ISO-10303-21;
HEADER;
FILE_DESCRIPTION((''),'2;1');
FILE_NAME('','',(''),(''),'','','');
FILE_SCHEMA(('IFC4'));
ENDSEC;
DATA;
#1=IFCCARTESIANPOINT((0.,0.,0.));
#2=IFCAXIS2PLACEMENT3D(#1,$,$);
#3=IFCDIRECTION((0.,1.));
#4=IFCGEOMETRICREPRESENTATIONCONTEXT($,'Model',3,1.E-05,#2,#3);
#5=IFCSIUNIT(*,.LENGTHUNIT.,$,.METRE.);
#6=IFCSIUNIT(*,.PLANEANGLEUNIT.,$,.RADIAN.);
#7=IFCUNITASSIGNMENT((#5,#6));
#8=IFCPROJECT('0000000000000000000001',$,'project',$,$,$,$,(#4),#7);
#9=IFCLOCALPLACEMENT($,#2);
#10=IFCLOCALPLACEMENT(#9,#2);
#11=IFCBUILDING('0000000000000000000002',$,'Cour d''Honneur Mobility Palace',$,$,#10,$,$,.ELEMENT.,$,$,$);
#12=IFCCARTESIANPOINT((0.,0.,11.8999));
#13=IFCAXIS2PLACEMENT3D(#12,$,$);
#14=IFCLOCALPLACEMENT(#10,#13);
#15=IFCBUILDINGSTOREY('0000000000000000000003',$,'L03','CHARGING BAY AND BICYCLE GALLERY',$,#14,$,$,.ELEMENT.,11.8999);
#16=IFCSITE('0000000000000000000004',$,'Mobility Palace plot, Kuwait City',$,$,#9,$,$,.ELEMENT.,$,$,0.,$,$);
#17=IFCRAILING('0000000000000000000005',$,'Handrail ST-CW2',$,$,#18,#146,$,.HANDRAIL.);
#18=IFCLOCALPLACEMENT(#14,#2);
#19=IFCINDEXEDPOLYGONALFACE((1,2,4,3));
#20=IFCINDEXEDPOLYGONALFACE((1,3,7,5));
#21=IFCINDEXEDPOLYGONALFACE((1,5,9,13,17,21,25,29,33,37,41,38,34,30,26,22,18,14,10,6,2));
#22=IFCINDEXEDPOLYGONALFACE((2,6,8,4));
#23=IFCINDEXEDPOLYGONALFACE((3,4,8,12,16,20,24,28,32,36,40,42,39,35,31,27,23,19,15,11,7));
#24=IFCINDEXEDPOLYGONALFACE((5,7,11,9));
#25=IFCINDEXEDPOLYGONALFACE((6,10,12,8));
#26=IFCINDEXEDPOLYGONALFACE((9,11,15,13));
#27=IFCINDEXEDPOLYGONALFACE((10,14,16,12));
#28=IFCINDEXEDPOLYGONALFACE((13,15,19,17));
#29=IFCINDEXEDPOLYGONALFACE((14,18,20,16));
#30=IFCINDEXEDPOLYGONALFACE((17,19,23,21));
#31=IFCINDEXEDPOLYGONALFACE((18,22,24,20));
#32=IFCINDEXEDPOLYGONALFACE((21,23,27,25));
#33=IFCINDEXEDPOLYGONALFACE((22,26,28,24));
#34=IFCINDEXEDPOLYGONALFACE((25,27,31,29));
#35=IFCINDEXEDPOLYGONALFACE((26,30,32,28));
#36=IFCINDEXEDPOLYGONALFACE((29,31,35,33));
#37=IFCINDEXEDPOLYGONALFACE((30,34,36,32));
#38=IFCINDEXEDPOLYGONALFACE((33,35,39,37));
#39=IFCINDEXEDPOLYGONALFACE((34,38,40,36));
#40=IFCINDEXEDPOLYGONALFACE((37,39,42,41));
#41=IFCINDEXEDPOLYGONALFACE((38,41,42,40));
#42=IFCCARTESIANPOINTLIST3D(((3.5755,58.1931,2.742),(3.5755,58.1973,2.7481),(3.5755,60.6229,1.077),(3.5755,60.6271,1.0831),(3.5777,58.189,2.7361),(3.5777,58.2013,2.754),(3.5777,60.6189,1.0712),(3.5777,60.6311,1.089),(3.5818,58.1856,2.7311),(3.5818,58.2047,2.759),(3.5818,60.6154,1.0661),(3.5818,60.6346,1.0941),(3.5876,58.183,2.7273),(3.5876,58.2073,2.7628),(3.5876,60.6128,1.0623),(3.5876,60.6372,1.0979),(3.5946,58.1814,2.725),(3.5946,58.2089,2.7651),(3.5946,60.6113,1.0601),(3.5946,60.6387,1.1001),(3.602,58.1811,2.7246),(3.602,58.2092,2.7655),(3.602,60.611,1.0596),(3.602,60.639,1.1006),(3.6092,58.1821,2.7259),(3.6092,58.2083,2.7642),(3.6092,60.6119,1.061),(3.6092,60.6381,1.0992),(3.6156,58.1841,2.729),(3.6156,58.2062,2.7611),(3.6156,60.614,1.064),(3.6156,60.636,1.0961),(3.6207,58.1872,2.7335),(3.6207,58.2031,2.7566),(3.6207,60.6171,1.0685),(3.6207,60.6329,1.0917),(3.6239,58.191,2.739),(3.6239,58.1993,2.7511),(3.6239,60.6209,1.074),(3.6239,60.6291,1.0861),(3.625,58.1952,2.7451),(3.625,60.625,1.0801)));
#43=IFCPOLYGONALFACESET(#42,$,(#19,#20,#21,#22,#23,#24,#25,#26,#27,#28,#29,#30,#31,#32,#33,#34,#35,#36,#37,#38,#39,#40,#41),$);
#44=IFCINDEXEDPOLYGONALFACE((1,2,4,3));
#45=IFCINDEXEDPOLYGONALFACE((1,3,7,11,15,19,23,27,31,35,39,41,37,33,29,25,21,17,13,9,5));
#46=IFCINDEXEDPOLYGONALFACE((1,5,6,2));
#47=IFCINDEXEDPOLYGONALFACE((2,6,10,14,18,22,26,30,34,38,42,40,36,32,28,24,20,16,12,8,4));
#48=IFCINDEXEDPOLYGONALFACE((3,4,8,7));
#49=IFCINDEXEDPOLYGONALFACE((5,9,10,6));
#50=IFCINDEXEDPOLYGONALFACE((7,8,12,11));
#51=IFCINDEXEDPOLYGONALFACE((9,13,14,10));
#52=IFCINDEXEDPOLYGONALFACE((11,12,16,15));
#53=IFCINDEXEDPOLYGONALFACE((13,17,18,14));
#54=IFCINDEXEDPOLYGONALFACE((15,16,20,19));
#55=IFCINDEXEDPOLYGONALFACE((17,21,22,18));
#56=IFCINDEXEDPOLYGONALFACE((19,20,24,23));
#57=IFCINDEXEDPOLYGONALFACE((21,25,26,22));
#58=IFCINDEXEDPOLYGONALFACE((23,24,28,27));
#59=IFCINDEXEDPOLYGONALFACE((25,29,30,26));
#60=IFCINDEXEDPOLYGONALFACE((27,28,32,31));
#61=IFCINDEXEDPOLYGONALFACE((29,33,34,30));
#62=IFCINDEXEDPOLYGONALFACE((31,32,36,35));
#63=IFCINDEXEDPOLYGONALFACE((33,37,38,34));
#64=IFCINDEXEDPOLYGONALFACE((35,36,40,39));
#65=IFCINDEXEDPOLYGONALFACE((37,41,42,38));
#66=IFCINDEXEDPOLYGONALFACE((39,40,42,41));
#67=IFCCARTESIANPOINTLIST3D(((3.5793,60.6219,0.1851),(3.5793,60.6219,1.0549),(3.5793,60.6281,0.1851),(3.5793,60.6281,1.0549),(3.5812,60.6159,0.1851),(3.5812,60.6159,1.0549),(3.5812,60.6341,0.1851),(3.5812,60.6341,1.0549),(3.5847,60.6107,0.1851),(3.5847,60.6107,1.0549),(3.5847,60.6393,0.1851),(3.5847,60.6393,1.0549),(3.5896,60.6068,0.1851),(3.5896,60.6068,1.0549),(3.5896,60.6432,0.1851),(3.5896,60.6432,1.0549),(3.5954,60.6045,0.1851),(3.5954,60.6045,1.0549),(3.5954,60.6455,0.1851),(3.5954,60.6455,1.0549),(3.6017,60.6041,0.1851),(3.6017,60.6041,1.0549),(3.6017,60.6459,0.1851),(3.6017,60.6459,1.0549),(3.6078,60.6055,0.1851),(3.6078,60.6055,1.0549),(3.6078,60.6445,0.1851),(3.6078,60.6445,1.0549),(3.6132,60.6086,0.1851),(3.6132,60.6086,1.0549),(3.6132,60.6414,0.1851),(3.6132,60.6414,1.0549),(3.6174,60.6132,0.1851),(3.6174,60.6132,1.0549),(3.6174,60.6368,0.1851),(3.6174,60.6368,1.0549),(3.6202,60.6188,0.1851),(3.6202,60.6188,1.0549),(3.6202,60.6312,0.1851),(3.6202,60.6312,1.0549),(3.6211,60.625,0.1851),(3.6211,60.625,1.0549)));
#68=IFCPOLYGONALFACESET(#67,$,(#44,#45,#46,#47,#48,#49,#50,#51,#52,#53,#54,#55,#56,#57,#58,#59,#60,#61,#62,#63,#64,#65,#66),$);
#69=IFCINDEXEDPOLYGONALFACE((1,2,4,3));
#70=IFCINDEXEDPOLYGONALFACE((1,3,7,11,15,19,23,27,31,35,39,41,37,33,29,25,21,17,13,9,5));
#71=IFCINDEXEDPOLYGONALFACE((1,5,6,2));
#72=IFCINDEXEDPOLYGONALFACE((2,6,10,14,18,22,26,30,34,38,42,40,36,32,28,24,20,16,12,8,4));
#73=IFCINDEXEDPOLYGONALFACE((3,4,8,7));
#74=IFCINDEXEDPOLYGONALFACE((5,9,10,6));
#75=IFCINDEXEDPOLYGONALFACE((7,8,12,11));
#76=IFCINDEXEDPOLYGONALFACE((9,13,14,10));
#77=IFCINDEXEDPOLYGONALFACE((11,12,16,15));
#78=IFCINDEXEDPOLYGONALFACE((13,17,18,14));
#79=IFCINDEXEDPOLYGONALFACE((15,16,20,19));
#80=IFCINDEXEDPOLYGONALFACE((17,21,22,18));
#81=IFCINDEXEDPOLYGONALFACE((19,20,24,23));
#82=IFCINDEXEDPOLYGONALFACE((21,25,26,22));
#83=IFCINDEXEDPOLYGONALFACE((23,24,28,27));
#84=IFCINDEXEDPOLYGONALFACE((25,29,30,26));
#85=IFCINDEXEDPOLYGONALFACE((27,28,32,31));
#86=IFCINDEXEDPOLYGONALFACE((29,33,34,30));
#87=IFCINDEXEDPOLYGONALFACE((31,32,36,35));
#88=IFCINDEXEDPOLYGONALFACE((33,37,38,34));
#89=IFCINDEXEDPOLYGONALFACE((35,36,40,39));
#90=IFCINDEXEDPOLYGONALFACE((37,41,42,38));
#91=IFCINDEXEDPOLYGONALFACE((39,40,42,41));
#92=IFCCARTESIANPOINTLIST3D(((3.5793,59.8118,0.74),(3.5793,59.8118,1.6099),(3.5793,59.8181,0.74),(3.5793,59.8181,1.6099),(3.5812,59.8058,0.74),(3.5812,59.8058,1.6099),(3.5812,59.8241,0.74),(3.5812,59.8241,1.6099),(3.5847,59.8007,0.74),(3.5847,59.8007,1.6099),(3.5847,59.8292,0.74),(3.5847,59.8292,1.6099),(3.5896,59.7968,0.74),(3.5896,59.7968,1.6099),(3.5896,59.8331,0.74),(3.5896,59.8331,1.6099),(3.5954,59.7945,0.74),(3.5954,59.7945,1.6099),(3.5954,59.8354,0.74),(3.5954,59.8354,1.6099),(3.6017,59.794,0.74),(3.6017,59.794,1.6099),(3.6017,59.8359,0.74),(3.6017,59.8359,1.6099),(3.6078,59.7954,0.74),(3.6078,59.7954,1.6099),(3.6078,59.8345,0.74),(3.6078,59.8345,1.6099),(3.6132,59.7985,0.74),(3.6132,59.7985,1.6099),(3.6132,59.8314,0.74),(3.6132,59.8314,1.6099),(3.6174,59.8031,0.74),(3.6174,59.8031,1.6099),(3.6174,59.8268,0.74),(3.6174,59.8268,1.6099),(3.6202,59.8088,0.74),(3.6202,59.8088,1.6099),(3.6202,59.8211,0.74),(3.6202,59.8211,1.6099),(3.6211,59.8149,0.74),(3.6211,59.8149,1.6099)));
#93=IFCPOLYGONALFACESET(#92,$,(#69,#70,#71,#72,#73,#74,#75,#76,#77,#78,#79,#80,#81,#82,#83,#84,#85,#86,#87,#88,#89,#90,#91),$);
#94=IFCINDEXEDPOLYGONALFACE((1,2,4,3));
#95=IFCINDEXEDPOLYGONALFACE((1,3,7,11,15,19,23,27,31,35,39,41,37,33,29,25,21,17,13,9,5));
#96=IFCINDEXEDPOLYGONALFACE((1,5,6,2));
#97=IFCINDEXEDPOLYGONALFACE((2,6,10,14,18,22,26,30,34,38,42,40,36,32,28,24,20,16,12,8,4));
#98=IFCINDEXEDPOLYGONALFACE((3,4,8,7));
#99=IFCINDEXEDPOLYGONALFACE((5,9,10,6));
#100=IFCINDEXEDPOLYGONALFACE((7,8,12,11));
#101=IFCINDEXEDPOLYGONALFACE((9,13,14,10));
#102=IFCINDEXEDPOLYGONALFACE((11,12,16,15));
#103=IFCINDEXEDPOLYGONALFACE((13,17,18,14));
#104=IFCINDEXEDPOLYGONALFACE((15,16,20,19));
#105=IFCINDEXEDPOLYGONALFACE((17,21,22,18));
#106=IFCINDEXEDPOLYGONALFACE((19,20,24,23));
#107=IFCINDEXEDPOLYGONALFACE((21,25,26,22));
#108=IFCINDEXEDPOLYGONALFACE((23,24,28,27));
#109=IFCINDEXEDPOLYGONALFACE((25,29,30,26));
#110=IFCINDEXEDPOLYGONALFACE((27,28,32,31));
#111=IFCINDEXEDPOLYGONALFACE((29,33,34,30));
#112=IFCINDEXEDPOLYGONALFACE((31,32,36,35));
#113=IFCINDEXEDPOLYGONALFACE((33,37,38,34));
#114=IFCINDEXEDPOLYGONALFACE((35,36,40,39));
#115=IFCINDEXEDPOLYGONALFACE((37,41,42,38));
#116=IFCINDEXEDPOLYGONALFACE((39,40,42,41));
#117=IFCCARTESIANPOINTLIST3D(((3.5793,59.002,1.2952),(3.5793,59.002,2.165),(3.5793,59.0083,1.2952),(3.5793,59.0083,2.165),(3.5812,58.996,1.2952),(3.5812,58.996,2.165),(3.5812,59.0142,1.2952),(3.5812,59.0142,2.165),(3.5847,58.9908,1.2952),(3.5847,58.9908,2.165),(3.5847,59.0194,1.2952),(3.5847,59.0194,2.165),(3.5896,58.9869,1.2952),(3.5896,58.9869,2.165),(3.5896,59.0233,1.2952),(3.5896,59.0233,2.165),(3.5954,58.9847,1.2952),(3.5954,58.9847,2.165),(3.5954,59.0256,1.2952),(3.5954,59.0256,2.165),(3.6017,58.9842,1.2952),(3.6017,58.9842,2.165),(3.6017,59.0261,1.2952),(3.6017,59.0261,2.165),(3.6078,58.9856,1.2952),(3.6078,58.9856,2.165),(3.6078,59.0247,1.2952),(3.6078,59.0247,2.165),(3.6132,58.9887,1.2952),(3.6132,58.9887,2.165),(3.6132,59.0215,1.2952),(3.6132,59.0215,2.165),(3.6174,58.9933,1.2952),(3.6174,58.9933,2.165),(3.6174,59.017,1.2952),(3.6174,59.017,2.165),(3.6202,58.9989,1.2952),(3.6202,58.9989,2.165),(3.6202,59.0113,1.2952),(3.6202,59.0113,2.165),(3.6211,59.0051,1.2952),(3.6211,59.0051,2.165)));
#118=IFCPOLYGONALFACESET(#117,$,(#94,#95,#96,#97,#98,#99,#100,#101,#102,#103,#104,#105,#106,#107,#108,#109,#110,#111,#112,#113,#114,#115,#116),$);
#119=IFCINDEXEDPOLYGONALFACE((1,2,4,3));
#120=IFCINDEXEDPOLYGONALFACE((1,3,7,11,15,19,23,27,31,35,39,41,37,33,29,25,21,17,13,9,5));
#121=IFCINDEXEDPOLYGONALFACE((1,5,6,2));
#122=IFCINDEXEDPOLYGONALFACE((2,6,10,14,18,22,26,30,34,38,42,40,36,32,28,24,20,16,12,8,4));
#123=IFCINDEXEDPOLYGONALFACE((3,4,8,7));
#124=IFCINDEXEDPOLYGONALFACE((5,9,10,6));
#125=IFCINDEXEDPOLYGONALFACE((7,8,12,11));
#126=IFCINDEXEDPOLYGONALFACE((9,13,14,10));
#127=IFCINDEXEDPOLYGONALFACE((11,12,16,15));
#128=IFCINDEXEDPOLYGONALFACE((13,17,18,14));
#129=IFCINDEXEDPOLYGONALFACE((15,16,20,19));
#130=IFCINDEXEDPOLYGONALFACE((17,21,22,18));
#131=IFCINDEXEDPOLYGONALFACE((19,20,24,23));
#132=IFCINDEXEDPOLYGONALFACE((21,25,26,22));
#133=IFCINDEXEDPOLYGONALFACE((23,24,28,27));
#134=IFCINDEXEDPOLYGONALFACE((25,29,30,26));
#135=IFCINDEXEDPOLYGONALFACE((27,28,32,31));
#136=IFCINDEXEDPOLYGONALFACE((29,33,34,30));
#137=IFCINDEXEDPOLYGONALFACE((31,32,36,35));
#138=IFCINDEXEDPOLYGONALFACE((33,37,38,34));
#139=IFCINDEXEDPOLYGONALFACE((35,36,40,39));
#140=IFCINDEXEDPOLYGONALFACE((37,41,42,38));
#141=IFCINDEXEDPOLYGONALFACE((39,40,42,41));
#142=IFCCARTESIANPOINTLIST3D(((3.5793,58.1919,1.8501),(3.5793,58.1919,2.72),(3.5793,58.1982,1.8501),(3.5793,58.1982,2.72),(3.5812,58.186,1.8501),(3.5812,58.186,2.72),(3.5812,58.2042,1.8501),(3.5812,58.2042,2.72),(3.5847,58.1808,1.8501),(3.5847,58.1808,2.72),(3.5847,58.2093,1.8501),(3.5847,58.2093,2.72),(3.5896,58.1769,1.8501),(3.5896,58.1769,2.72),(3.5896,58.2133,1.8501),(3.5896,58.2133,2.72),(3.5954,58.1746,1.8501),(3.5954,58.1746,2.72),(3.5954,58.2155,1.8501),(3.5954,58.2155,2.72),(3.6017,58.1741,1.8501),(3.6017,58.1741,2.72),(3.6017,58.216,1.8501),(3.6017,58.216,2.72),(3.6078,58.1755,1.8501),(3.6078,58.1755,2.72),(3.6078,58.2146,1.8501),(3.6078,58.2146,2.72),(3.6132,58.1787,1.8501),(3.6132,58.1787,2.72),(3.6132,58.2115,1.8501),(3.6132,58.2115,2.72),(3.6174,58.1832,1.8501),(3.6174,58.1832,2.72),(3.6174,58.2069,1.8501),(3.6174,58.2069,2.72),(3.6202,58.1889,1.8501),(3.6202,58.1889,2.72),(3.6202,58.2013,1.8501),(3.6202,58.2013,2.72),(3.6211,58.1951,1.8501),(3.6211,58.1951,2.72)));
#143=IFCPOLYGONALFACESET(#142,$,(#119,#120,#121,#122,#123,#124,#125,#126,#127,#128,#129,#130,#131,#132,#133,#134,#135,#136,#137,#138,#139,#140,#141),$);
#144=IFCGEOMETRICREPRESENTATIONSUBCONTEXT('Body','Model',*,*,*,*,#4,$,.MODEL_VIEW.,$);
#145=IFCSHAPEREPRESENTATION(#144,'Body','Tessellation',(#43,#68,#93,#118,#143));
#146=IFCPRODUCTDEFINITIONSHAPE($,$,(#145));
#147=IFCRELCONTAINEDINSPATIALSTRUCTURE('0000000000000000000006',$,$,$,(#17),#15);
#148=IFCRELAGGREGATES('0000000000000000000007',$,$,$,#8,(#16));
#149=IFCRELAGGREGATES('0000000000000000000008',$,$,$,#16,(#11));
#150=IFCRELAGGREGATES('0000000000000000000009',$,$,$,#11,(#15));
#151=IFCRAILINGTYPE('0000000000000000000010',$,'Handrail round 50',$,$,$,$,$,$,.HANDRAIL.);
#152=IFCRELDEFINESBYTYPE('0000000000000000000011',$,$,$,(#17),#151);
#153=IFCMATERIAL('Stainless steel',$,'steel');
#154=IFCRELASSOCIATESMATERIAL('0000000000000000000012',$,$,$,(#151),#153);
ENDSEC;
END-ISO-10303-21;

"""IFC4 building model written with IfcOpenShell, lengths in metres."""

from ifc_helpers import new_model, si_unit, direction, frame, origin, origin_2d, place, context, subcontext, project, spatial, circle, extrude, material, type_object, element, save


model = new_model("IFC4")

# Units and contexts
model_context = context("Model", 3, precision=1e-05, world=origin(), true_north=direction((0.0, 1.0)))
body_context = subcontext(model_context, "Body", "Model", "MODEL_VIEW")
ifc_project = project(units=[si_unit("LENGTHUNIT", "METRE"), si_unit("PLANEANGLEUNIT", "RADIAN")], contexts=[model_context])

# Site, building, storey
site_placement = place(None, origin())
site = spatial("IfcSite", under=ifc_project, at=site_placement, Name="Mobility Palace plot, Kuwait City", CompositionType="ELEMENT", RefElevation=0.0)
building_placement = place(site_placement, origin())
building = spatial("IfcBuilding", under=site, at=building_placement, Name="Cour d'Honneur Mobility Palace", CompositionType="ELEMENT")
storey_placement = place(building_placement, frame((0.0, 0.0, 11.8999)))
storey = spatial("IfcBuildingStorey", under=building, at=storey_placement, Name="L03", Description="CHARGING BAY AND BICYCLE GALLERY", CompositionType="ELEMENT", Elevation=11.8999)

# Railing
ifc_material_1 = material(Name="Stainless steel", Category="steel")
railing_type_1 = type_object("IfcRailingType", Name="Handrail round 50", PredefinedType="HANDRAIL", material=ifc_material_1)
railing_1_placement = place(storey_placement, frame((3.6001, 60.625, 0.1851)))
element("IfcRailing", 1, at=railing_1_placement, inside=storey, type_object=railing_type_1, Name="Handrail ST-CW2", PredefinedType="HANDRAIL", context=body_context, shape_type="SweptSolid", body=[
    extrude(circle(Radius=0.0249, at=origin_2d()), frame((0.0, 0.0, 0.895), z_axis=(0.0, -0.824919, 0.565251), x_axis=(1.0, 0.0, 0.0)), (0.0, 0.0, 1.0), 2.9456),
    extrude(circle(Radius=0.021, at=origin_2d()), origin(), (0.0, 0.0, 1.0), 0.8699),
    extrude(circle(Radius=0.021, at=origin_2d()), frame((0.0, -0.8101, 0.5549)), (0.0, 0.0, 1.0), 0.8699),
    extrude(circle(Radius=0.021, at=origin_2d()), frame((0.0, -1.6199, 1.1101)), (0.0, 0.0, 1.0), 0.8699),
    extrude(circle(Radius=0.021, at=origin_2d()), frame((0.0, -2.4299, 1.665)), (0.0, 0.0, 1.0), 0.8699),
])

save(model, "model.ifc")
